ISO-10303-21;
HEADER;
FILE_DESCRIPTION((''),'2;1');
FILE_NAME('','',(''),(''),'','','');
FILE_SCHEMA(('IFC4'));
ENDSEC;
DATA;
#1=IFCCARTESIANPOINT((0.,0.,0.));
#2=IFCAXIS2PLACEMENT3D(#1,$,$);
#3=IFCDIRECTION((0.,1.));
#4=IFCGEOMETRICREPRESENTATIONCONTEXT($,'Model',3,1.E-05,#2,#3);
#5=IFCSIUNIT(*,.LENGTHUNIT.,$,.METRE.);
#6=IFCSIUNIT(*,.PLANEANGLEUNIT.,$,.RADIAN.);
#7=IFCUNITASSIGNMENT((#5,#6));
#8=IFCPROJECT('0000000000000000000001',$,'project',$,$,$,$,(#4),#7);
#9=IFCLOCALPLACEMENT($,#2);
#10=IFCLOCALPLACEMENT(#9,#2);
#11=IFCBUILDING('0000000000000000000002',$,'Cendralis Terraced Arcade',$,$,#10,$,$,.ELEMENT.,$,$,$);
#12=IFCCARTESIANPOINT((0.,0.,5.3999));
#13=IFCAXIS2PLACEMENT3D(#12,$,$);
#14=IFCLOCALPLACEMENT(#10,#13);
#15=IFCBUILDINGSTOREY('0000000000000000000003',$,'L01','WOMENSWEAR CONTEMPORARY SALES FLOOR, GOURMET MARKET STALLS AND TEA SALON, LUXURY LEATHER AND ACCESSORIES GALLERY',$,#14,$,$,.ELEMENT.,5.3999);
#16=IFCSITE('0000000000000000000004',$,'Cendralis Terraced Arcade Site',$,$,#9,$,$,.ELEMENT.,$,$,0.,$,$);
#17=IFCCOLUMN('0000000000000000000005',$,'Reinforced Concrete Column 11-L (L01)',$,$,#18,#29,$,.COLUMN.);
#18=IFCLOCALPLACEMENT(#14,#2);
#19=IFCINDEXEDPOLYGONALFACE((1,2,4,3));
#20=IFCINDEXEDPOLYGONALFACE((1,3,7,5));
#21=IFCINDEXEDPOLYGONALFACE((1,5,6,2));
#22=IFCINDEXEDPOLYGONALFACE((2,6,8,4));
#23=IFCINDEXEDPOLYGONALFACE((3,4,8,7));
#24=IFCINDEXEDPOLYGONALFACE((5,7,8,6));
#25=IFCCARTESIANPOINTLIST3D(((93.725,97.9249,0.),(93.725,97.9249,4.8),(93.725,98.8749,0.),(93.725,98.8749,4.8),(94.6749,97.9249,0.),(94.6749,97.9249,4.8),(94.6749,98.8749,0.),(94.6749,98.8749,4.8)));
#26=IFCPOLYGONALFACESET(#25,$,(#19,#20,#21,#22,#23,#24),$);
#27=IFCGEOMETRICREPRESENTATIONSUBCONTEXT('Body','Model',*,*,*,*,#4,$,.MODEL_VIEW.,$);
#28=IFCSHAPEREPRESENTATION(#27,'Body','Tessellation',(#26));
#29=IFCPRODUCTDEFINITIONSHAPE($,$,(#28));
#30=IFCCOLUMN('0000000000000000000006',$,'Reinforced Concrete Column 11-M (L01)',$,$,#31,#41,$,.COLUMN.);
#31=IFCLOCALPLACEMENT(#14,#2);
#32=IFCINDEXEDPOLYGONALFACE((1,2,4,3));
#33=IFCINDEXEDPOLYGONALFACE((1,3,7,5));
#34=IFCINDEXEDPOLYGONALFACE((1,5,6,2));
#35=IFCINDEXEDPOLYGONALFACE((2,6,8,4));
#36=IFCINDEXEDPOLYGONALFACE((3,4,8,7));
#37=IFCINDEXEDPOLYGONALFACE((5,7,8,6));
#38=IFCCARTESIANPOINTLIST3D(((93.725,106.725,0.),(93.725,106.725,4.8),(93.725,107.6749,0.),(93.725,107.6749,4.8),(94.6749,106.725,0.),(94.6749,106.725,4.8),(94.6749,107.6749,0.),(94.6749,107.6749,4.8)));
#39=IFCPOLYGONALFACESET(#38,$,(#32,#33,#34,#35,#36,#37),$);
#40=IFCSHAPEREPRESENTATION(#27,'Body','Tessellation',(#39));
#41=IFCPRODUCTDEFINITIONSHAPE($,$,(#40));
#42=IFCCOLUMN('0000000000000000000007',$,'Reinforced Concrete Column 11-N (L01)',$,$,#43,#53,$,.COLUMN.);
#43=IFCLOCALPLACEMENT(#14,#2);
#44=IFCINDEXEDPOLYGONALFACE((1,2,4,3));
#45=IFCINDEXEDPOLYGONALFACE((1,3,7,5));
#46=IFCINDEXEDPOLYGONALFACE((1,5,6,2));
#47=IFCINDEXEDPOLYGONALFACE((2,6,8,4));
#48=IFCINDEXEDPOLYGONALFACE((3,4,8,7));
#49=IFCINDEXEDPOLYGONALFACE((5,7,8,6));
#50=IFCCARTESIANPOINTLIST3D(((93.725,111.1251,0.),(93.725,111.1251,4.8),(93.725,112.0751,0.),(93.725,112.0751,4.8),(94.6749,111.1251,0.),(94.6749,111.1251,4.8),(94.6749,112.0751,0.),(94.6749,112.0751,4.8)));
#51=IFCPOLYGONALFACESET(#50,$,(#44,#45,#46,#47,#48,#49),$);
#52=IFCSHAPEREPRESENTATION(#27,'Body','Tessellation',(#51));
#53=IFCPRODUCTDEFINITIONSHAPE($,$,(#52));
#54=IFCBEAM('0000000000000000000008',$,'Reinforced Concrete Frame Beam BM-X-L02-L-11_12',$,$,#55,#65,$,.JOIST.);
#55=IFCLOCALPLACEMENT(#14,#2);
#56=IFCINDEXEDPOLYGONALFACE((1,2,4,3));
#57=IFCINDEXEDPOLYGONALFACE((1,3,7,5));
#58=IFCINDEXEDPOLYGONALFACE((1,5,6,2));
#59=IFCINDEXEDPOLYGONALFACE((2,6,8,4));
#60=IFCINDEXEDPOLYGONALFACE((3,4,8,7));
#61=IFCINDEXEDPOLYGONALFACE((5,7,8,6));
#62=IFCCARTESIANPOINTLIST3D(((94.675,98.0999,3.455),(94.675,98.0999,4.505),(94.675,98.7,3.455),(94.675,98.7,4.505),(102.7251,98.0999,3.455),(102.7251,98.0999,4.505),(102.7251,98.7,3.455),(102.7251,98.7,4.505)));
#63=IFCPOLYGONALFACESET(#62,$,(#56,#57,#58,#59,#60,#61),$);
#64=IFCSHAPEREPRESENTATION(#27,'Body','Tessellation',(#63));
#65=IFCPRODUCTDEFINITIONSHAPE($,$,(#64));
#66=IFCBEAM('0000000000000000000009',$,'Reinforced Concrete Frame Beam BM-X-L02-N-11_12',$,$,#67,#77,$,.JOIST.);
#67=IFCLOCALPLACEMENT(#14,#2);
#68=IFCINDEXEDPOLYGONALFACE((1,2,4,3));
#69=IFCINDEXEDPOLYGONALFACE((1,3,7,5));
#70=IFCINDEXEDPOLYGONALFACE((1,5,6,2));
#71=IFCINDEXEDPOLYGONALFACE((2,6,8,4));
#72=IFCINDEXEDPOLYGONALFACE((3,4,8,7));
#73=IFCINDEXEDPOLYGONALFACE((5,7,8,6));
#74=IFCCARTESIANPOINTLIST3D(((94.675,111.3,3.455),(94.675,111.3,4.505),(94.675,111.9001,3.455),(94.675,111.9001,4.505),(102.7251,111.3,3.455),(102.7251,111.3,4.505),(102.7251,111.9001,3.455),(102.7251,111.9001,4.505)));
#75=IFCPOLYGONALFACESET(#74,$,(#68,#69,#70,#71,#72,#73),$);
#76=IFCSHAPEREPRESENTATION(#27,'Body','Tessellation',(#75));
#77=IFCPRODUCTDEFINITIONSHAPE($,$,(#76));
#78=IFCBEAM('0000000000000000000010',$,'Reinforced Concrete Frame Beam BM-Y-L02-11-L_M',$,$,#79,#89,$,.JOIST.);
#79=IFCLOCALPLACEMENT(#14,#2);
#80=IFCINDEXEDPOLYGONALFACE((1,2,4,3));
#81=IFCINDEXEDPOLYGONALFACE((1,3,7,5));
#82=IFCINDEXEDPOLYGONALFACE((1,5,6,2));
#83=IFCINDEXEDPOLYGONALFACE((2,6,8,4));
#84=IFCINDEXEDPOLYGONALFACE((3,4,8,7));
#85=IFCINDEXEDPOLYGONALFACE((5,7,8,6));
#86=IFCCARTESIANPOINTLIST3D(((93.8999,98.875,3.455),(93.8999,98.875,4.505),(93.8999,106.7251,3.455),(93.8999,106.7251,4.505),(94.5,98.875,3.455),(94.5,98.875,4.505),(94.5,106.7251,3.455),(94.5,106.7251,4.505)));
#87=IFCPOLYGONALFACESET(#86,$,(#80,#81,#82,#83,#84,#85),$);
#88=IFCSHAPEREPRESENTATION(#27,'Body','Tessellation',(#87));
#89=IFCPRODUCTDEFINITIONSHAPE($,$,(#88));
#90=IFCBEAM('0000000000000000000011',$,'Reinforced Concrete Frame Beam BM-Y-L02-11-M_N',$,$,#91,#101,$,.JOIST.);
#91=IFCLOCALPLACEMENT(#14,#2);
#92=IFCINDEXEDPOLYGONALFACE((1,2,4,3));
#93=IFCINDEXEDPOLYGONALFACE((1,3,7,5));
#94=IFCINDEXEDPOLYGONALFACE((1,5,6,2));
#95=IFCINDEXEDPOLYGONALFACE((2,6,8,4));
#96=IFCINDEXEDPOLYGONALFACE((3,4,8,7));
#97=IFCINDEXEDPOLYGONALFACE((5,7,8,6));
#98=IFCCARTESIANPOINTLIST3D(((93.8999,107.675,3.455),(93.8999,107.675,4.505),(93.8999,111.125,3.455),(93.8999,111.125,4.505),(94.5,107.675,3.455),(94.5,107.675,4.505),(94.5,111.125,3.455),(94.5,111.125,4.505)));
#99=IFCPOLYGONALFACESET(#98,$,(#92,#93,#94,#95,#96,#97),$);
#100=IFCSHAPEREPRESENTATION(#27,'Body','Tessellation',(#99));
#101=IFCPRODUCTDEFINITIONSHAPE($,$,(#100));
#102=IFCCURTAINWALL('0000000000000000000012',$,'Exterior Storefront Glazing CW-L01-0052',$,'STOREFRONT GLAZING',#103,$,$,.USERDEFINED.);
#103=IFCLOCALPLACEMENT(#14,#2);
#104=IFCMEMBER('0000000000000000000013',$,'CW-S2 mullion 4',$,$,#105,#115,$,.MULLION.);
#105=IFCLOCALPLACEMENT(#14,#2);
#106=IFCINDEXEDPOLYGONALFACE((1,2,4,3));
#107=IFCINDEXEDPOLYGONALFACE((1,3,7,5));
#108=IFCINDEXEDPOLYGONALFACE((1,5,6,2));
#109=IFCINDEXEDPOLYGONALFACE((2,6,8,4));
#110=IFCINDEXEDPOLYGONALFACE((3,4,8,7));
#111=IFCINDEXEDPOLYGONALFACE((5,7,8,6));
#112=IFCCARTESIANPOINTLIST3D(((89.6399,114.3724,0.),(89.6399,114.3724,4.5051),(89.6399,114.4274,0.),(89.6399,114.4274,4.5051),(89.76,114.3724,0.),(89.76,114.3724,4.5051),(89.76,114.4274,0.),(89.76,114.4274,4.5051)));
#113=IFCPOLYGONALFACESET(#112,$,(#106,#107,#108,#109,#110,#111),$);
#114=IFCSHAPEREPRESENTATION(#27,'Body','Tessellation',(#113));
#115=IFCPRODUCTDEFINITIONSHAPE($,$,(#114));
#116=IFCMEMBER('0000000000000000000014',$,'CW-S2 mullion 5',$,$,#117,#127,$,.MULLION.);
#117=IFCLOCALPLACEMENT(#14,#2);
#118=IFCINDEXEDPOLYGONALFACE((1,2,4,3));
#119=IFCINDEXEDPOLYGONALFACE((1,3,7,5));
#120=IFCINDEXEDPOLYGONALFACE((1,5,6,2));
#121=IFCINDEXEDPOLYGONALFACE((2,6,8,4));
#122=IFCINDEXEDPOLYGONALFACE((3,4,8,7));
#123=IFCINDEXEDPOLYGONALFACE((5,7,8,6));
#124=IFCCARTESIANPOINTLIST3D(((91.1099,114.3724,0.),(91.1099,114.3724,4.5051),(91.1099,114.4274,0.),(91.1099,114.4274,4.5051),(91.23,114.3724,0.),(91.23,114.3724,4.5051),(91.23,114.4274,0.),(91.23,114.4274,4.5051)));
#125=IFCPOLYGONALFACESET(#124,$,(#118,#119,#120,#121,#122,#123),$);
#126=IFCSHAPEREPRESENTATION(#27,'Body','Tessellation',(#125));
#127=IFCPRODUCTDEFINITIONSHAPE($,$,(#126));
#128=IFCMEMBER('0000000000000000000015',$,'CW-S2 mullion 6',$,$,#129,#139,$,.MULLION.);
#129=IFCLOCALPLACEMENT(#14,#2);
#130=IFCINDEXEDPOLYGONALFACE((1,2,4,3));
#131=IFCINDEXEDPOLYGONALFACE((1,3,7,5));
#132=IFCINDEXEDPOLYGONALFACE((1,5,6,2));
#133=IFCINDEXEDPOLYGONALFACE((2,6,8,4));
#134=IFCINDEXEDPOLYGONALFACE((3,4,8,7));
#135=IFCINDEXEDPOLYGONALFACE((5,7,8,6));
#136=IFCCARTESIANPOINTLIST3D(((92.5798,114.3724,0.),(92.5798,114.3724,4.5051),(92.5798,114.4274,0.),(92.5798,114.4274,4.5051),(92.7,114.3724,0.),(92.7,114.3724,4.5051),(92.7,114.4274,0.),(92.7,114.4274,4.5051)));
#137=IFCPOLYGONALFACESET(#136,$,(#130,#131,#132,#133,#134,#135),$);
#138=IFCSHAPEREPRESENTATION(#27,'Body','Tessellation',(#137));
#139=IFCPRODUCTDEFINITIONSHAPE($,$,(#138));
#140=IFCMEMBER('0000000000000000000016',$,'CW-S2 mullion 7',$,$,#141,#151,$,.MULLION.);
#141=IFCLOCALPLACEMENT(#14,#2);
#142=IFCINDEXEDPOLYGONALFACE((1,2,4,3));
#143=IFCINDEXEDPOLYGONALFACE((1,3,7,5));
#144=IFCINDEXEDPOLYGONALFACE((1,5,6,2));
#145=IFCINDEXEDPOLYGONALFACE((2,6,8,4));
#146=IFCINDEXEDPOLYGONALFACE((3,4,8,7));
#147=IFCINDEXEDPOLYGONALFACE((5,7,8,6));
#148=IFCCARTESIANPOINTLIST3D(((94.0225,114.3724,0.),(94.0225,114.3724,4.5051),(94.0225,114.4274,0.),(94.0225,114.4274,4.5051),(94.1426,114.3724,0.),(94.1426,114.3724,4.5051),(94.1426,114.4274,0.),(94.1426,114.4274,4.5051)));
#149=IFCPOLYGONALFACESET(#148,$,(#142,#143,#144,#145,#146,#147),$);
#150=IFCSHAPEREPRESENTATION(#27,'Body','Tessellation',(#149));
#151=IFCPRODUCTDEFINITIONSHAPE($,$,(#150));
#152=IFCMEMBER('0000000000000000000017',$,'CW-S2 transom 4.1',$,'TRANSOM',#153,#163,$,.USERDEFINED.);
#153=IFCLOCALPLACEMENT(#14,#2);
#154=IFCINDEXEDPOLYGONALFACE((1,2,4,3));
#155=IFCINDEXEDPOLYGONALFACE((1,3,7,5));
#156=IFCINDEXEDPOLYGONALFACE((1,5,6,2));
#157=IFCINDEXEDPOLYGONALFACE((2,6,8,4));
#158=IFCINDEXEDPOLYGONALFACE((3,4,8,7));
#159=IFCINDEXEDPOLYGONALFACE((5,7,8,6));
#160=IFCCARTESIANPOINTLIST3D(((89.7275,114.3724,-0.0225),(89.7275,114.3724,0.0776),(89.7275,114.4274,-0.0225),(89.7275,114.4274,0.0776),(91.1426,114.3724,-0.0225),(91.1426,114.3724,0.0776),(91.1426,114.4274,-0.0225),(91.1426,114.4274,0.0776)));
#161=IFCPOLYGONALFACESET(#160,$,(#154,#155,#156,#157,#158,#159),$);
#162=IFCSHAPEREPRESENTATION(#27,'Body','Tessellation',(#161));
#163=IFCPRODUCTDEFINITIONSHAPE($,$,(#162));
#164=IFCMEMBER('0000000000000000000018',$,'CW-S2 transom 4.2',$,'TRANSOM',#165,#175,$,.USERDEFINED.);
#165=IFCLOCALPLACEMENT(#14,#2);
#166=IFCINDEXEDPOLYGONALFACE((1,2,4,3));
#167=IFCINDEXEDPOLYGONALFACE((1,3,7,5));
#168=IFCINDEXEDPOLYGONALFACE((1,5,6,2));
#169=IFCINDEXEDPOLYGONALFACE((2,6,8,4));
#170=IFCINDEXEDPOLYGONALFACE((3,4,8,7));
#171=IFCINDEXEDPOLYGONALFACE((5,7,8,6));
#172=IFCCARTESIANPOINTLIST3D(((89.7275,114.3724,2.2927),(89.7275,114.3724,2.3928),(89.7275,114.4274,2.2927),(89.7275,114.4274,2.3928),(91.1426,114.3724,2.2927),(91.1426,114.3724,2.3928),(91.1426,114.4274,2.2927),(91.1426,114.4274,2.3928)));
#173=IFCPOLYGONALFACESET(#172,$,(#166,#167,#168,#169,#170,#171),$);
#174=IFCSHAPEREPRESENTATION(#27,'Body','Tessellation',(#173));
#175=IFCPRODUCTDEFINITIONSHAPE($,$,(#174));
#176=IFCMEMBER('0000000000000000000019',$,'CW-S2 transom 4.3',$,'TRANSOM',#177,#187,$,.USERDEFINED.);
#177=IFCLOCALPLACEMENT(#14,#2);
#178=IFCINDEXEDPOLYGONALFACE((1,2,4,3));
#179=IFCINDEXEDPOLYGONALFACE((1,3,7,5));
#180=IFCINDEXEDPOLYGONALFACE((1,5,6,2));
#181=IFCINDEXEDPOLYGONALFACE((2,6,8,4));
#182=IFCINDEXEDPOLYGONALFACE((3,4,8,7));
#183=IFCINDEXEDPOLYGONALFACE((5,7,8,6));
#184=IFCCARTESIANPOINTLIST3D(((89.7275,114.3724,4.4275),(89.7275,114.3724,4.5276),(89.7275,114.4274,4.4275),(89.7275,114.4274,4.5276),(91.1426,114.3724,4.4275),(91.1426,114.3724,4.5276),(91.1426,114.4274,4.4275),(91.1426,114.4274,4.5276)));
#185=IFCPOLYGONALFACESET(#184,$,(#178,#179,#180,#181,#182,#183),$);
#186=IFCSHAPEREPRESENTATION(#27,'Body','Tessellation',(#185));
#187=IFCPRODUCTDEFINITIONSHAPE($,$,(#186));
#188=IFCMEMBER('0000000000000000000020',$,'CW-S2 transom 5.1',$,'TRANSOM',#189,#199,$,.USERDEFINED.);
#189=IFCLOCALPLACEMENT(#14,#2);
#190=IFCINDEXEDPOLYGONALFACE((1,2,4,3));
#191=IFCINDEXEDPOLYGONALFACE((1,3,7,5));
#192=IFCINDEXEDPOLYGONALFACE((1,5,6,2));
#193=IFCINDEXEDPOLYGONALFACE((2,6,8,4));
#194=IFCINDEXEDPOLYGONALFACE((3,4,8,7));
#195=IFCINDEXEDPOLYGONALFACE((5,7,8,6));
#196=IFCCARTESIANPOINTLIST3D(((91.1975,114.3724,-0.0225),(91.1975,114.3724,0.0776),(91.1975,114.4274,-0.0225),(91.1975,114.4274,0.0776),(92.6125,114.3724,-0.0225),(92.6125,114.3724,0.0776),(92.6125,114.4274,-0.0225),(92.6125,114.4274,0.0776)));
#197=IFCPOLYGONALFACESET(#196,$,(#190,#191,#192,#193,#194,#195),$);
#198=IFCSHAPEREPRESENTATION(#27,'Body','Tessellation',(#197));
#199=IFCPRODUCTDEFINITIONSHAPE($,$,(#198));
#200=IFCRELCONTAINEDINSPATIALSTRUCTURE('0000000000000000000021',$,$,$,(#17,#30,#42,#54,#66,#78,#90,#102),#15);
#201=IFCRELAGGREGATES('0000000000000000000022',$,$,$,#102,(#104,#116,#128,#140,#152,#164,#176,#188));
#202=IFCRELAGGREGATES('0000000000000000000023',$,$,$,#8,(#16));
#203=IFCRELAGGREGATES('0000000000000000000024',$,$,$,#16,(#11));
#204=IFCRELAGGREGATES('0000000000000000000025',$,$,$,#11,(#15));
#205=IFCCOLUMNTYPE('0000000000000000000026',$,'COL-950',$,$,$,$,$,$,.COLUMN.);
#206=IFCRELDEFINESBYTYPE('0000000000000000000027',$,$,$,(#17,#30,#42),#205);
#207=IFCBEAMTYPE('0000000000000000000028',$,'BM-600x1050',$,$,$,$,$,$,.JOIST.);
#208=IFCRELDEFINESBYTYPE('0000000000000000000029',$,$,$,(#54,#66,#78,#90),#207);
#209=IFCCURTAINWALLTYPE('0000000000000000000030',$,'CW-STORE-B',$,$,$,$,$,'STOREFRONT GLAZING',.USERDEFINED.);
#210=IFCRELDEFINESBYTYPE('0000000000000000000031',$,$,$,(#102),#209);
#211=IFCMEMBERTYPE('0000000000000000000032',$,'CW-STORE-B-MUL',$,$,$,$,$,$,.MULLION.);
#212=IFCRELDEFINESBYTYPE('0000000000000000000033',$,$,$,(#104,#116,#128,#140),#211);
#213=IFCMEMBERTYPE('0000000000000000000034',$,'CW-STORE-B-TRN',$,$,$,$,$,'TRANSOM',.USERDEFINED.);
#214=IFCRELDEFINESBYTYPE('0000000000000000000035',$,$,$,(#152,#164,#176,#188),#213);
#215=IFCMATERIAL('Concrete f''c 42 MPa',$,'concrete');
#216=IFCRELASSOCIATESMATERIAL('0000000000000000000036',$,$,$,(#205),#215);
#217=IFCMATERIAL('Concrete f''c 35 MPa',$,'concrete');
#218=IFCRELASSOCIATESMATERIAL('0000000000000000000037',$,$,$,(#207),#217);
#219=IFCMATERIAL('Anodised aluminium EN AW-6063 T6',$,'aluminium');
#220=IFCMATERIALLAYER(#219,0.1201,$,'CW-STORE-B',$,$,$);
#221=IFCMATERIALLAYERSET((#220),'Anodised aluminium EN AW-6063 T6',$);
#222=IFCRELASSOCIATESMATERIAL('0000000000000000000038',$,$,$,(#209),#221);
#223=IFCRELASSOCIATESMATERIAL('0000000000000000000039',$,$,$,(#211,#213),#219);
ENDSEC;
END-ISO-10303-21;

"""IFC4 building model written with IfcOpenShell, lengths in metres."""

from ifc_helpers import new_model, si_unit, direction, frame, origin, origin_2d, place, context, subcontext, project, spatial, rectangle, extrude, material, layer, layer_set, material_profile, profile_set, type_object, element, aggregate, save


model = new_model("IFC4")

# Units and contexts
model_context = context("Model", 3, precision=1e-05, world=origin(), true_north=direction((0.0, 1.0)))
body_context = subcontext(model_context, "Body", "Model", "MODEL_VIEW")
ifc_project = project(units=[si_unit("LENGTHUNIT", "METRE"), si_unit("PLANEANGLEUNIT", "RADIAN")], contexts=[model_context])

# Site, building, storey
site_placement = place(None, origin())
site = spatial("IfcSite", under=ifc_project, at=site_placement, Name="Cendralis Terraced Arcade Site", CompositionType="ELEMENT", RefElevation=0.0)
building_placement = place(site_placement, origin())
building = spatial("IfcBuilding", under=site, at=building_placement, Name="Cendralis Terraced Arcade", CompositionType="ELEMENT")
storey_placement = place(building_placement, frame((0.0, 0.0, 5.3999)))
storey = spatial("IfcBuildingStorey", under=building, at=storey_placement, Name="L01", Description="WOMENSWEAR CONTEMPORARY SALES FLOOR, GOURMET MARKET STALLS AND TEA SALON, LUXURY LEATHER AND ACCESSORIES GALLERY", CompositionType="ELEMENT", Elevation=5.3999)

# Columns
ifc_material_1 = material(Name="Concrete f'c 42 MPa", Category="concrete")
ifc_material_profile_1 = material_profile(ifc_material_1, rectangle(XDim=0.95, YDim=0.95, at=origin_2d()), Name="RC-COL-950x950", Category="LoadBearing")
ifc_profile_set_1 = profile_set([ifc_material_profile_1], Name="Concrete f'c 42 MPa")
column_type = type_object("IfcColumnType", Name="COL-950", PredefinedType="COLUMN", material=ifc_profile_set_1)
for number, where, z_axis, x_axis, name in (
    (1, (94.2, 98.3999, 0.0), (0.0, 0.0, 1.0), (1.0, 0.0, 0.0), "Reinforced Concrete Column 11-L (L01)"),
    (2, (94.2, 107.2, 0.0), (0.0, 0.0, 1.0), (1.0, 0.0, 0.0), "Reinforced Concrete Column 11-M (L01)"),
    (3, (94.2, 111.6001, 0.0), (0.0, 0.0, 1.0), (1.0, 0.0, 0.0), "Reinforced Concrete Column 11-N (L01)"),
):
    element("IfcColumn", number, at=place(storey_placement, frame(where, z_axis=z_axis, x_axis=x_axis)), inside=storey, type_object=column_type, Name=name, PredefinedType="COLUMN", context=body_context, shape_type="SweptSolid", body=[
        extrude(rectangle(XDim=0.95, YDim=0.95, at=origin_2d()), origin(), (0.0, 0.0, 1.0), 4.8),
    ])

# Beams
ifc_material_2 = material(Name="Concrete f'c 35 MPa", Category="concrete")
ifc_material_profile_2 = material_profile(ifc_material_2, rectangle(XDim=0.6001, YDim=1.05, at=origin_2d()), Name="RC-BM-600x1050", Category="LoadBearing")
ifc_profile_set_2 = profile_set([ifc_material_profile_2], Name="Concrete f'c 35 MPa")
beam_type = type_object("IfcBeamType", Name="BM-600x1050", PredefinedType="JOIST", material=ifc_profile_set_2)
for number, where, z_axis, x_axis, name in (
    (4, (94.675, 98.3999, 3.98), (1.0, 0.0, 0.0), (0.0, 1.0, 0.0), "Reinforced Concrete Frame Beam BM-X-L02-L-11_12"),
    (5, (94.675, 111.6001, 3.98), (1.0, 0.0, 0.0), (0.0, 1.0, 0.0), "Reinforced Concrete Frame Beam BM-X-L02-N-11_12"),
):
    element("IfcBeam", number, at=place(storey_placement, frame(where, z_axis=z_axis, x_axis=x_axis)), inside=storey, type_object=beam_type, Name=name, PredefinedType="JOIST", context=body_context, shape_type="SweptSolid", body=[
        extrude(rectangle(XDim=0.6001, YDim=1.05, at=origin_2d()), origin(), (0.0, 0.0, 1.0), 8.05),
    ])
beam_1_placement = place(storey_placement, frame((94.2, 98.875, 3.98), z_axis=(0.0, 1.0, 0.0), x_axis=(-1.0, 0.0, 0.0)))
element("IfcBeam", 6, at=beam_1_placement, inside=storey, type_object=beam_type, Name="Reinforced Concrete Frame Beam BM-Y-L02-11-L_M", PredefinedType="JOIST", context=body_context, shape_type="SweptSolid", body=[
    extrude(rectangle(XDim=0.6001, YDim=1.05, at=origin_2d()), origin(), (0.0, 0.0, 1.0), 7.8501),
])
beam_2_placement = place(storey_placement, frame((94.2, 107.675, 3.98), z_axis=(0.0, 1.0, 0.0), x_axis=(-1.0, 0.0, 0.0)))
element("IfcBeam", 7, at=beam_2_placement, inside=storey, type_object=beam_type, Name="Reinforced Concrete Frame Beam BM-Y-L02-11-M_N", PredefinedType="JOIST", context=body_context, shape_type="SweptSolid", body=[
    extrude(rectangle(XDim=0.6001, YDim=1.05, at=origin_2d()), origin(), (0.0, 0.0, 1.0), 3.45),
])

# Curtain wall, members
ifc_material_3 = material(Name="Anodised aluminium EN AW-6063 T6", Category="aluminium")
ifc_layer_1 = layer(ifc_material_3, 0.1201, Name="CW-STORE-B")
ifc_layer_set_1 = layer_set([ifc_layer_1], Name="Anodised aluminium EN AW-6063 T6")
curtain_wall_type = type_object("IfcCurtainWallType", Name="CW-STORE-B", ElementType="STOREFRONT GLAZING", PredefinedType="USERDEFINED", material=ifc_layer_set_1)
curtain_wall_placement = place(storey_placement, origin())
curtain_wall = element("IfcCurtainWall", 8, at=curtain_wall_placement, inside=storey, type_object=curtain_wall_type, Name="Exterior Storefront Glazing CW-L01-0052", ObjectType="STOREFRONT GLAZING", PredefinedType="USERDEFINED")
ifc_material_profile_3 = material_profile(ifc_material_3, rectangle(XDim=0.0549, YDim=0.1201, at=origin_2d()), Name="ALU-MUL-55x120")
ifc_profile_set_3 = profile_set([ifc_material_profile_3], Name="Anodised aluminium EN AW-6063 T6")
member_type_1 = type_object("IfcMemberType", Name="CW-STORE-B-MUL", PredefinedType="MULLION", material=ifc_profile_set_3)
member_1_placement = place(storey_placement, frame((89.7, 114.3999, 0.0), z_axis=(0.0, 0.0, 1.0), x_axis=(0.0, 1.0, 0.0)))
member_1 = element("IfcMember", 9, at=member_1_placement, type_object=member_type_1, Name="CW-S2 mullion 4", PredefinedType="MULLION", context=body_context, shape_type="SweptSolid", body=[
    extrude(rectangle(XDim=0.0549, YDim=0.1201, at=origin_2d()), origin(), (0.0, 0.0, 1.0), 4.5051),
])
member_2_placement = place(storey_placement, frame((91.1699, 114.3999, 0.0), z_axis=(0.0, 0.0, 1.0), x_axis=(0.0, 1.0, 0.0)))
member_2 = element("IfcMember", 10, at=member_2_placement, type_object=member_type_1, Name="CW-S2 mullion 5", PredefinedType="MULLION", context=body_context, shape_type="SweptSolid", body=[
    extrude(rectangle(XDim=0.0549, YDim=0.1201, at=origin_2d()), origin(), (0.0, 0.0, 1.0), 4.5051),
])
member_3_placement = place(storey_placement, frame((92.6399, 114.3999, 0.0), z_axis=(0.0, 0.0, 1.0), x_axis=(0.0, 1.0, 0.0)))
member_3 = element("IfcMember", 11, at=member_3_placement, type_object=member_type_1, Name="CW-S2 mullion 6", PredefinedType="MULLION", context=body_context, shape_type="SweptSolid", body=[
    extrude(rectangle(XDim=0.0549, YDim=0.1201, at=origin_2d()), origin(), (0.0, 0.0, 1.0), 4.5051),
])
member_4_placement = place(storey_placement, frame((94.0825, 114.3999, 0.0), z_axis=(0.0, 0.0, 1.0), x_axis=(0.0, 1.0, 0.0)))
member_4 = element("IfcMember", 12, at=member_4_placement, type_object=member_type_1, Name="CW-S2 mullion 7", PredefinedType="MULLION", context=body_context, shape_type="SweptSolid", body=[
    extrude(rectangle(XDim=0.0549, YDim=0.1201, at=origin_2d()), origin(), (0.0, 0.0, 1.0), 4.5051),
])
ifc_material_profile_4 = material_profile(ifc_material_3, rectangle(XDim=0.0549, YDim=0.1001, at=origin_2d()), Name="ALU-TRN-55x100")
ifc_profile_set_4 = profile_set([ifc_material_profile_4], Name="Anodised aluminium EN AW-6063 T6")
member_type_2 = type_object("IfcMemberType", Name="CW-STORE-B-TRN", ElementType="TRANSOM", PredefinedType="USERDEFINED", material=ifc_profile_set_4)
member_5_placement = place(storey_placement, frame((89.7275, 114.3999, 0.0276), z_axis=(1.0, 0.0, 0.0), x_axis=(0.0, 1.0, 0.0)))
member_5 = element("IfcMember", 13, at=member_5_placement, type_object=member_type_2, Name="CW-S2 transom 4.1", ObjectType="TRANSOM", PredefinedType="USERDEFINED", context=body_context, shape_type="SweptSolid", body=[
    extrude(rectangle(XDim=0.0549, YDim=0.1001, at=origin_2d()), origin(), (0.0, 0.0, 1.0), 1.415),
])
member_6_placement = place(storey_placement, frame((89.7275, 114.3999, 2.3428), z_axis=(1.0, 0.0, 0.0), x_axis=(0.0, 1.0, 0.0)))
member_6 = element("IfcMember", 14, at=member_6_placement, type_object=member_type_2, Name="CW-S2 transom 4.2", ObjectType="TRANSOM", PredefinedType="USERDEFINED", context=body_context, shape_type="SweptSolid", body=[
    extrude(rectangle(XDim=0.0549, YDim=0.1001, at=origin_2d()), origin(), (0.0, 0.0, 1.0), 1.415),
])
member_7_placement = place(storey_placement, frame((89.7275, 114.3999, 4.4775), z_axis=(1.0, 0.0, 0.0), x_axis=(0.0, 1.0, 0.0)))
member_7 = element("IfcMember", 15, at=member_7_placement, type_object=member_type_2, Name="CW-S2 transom 4.3", ObjectType="TRANSOM", PredefinedType="USERDEFINED", context=body_context, shape_type="SweptSolid", body=[
    extrude(rectangle(XDim=0.0549, YDim=0.1001, at=origin_2d()), origin(), (0.0, 0.0, 1.0), 1.415),
])
member_8_placement = place(storey_placement, frame((91.1975, 114.3999, 0.0276), z_axis=(1.0, 0.0, 0.0), x_axis=(0.0, 1.0, 0.0)))
member_8 = element("IfcMember", 16, at=member_8_placement, type_object=member_type_2, Name="CW-S2 transom 5.1", ObjectType="TRANSOM", PredefinedType="USERDEFINED", context=body_context, shape_type="SweptSolid", body=[
    extrude(rectangle(XDim=0.0549, YDim=0.1001, at=origin_2d()), origin(), (0.0, 0.0, 1.0), 1.415),
])
aggregate(curtain_wall, [member_1, member_2, member_3, member_4, member_5, member_6, member_7, member_8])

save(model, "model.ifc")
